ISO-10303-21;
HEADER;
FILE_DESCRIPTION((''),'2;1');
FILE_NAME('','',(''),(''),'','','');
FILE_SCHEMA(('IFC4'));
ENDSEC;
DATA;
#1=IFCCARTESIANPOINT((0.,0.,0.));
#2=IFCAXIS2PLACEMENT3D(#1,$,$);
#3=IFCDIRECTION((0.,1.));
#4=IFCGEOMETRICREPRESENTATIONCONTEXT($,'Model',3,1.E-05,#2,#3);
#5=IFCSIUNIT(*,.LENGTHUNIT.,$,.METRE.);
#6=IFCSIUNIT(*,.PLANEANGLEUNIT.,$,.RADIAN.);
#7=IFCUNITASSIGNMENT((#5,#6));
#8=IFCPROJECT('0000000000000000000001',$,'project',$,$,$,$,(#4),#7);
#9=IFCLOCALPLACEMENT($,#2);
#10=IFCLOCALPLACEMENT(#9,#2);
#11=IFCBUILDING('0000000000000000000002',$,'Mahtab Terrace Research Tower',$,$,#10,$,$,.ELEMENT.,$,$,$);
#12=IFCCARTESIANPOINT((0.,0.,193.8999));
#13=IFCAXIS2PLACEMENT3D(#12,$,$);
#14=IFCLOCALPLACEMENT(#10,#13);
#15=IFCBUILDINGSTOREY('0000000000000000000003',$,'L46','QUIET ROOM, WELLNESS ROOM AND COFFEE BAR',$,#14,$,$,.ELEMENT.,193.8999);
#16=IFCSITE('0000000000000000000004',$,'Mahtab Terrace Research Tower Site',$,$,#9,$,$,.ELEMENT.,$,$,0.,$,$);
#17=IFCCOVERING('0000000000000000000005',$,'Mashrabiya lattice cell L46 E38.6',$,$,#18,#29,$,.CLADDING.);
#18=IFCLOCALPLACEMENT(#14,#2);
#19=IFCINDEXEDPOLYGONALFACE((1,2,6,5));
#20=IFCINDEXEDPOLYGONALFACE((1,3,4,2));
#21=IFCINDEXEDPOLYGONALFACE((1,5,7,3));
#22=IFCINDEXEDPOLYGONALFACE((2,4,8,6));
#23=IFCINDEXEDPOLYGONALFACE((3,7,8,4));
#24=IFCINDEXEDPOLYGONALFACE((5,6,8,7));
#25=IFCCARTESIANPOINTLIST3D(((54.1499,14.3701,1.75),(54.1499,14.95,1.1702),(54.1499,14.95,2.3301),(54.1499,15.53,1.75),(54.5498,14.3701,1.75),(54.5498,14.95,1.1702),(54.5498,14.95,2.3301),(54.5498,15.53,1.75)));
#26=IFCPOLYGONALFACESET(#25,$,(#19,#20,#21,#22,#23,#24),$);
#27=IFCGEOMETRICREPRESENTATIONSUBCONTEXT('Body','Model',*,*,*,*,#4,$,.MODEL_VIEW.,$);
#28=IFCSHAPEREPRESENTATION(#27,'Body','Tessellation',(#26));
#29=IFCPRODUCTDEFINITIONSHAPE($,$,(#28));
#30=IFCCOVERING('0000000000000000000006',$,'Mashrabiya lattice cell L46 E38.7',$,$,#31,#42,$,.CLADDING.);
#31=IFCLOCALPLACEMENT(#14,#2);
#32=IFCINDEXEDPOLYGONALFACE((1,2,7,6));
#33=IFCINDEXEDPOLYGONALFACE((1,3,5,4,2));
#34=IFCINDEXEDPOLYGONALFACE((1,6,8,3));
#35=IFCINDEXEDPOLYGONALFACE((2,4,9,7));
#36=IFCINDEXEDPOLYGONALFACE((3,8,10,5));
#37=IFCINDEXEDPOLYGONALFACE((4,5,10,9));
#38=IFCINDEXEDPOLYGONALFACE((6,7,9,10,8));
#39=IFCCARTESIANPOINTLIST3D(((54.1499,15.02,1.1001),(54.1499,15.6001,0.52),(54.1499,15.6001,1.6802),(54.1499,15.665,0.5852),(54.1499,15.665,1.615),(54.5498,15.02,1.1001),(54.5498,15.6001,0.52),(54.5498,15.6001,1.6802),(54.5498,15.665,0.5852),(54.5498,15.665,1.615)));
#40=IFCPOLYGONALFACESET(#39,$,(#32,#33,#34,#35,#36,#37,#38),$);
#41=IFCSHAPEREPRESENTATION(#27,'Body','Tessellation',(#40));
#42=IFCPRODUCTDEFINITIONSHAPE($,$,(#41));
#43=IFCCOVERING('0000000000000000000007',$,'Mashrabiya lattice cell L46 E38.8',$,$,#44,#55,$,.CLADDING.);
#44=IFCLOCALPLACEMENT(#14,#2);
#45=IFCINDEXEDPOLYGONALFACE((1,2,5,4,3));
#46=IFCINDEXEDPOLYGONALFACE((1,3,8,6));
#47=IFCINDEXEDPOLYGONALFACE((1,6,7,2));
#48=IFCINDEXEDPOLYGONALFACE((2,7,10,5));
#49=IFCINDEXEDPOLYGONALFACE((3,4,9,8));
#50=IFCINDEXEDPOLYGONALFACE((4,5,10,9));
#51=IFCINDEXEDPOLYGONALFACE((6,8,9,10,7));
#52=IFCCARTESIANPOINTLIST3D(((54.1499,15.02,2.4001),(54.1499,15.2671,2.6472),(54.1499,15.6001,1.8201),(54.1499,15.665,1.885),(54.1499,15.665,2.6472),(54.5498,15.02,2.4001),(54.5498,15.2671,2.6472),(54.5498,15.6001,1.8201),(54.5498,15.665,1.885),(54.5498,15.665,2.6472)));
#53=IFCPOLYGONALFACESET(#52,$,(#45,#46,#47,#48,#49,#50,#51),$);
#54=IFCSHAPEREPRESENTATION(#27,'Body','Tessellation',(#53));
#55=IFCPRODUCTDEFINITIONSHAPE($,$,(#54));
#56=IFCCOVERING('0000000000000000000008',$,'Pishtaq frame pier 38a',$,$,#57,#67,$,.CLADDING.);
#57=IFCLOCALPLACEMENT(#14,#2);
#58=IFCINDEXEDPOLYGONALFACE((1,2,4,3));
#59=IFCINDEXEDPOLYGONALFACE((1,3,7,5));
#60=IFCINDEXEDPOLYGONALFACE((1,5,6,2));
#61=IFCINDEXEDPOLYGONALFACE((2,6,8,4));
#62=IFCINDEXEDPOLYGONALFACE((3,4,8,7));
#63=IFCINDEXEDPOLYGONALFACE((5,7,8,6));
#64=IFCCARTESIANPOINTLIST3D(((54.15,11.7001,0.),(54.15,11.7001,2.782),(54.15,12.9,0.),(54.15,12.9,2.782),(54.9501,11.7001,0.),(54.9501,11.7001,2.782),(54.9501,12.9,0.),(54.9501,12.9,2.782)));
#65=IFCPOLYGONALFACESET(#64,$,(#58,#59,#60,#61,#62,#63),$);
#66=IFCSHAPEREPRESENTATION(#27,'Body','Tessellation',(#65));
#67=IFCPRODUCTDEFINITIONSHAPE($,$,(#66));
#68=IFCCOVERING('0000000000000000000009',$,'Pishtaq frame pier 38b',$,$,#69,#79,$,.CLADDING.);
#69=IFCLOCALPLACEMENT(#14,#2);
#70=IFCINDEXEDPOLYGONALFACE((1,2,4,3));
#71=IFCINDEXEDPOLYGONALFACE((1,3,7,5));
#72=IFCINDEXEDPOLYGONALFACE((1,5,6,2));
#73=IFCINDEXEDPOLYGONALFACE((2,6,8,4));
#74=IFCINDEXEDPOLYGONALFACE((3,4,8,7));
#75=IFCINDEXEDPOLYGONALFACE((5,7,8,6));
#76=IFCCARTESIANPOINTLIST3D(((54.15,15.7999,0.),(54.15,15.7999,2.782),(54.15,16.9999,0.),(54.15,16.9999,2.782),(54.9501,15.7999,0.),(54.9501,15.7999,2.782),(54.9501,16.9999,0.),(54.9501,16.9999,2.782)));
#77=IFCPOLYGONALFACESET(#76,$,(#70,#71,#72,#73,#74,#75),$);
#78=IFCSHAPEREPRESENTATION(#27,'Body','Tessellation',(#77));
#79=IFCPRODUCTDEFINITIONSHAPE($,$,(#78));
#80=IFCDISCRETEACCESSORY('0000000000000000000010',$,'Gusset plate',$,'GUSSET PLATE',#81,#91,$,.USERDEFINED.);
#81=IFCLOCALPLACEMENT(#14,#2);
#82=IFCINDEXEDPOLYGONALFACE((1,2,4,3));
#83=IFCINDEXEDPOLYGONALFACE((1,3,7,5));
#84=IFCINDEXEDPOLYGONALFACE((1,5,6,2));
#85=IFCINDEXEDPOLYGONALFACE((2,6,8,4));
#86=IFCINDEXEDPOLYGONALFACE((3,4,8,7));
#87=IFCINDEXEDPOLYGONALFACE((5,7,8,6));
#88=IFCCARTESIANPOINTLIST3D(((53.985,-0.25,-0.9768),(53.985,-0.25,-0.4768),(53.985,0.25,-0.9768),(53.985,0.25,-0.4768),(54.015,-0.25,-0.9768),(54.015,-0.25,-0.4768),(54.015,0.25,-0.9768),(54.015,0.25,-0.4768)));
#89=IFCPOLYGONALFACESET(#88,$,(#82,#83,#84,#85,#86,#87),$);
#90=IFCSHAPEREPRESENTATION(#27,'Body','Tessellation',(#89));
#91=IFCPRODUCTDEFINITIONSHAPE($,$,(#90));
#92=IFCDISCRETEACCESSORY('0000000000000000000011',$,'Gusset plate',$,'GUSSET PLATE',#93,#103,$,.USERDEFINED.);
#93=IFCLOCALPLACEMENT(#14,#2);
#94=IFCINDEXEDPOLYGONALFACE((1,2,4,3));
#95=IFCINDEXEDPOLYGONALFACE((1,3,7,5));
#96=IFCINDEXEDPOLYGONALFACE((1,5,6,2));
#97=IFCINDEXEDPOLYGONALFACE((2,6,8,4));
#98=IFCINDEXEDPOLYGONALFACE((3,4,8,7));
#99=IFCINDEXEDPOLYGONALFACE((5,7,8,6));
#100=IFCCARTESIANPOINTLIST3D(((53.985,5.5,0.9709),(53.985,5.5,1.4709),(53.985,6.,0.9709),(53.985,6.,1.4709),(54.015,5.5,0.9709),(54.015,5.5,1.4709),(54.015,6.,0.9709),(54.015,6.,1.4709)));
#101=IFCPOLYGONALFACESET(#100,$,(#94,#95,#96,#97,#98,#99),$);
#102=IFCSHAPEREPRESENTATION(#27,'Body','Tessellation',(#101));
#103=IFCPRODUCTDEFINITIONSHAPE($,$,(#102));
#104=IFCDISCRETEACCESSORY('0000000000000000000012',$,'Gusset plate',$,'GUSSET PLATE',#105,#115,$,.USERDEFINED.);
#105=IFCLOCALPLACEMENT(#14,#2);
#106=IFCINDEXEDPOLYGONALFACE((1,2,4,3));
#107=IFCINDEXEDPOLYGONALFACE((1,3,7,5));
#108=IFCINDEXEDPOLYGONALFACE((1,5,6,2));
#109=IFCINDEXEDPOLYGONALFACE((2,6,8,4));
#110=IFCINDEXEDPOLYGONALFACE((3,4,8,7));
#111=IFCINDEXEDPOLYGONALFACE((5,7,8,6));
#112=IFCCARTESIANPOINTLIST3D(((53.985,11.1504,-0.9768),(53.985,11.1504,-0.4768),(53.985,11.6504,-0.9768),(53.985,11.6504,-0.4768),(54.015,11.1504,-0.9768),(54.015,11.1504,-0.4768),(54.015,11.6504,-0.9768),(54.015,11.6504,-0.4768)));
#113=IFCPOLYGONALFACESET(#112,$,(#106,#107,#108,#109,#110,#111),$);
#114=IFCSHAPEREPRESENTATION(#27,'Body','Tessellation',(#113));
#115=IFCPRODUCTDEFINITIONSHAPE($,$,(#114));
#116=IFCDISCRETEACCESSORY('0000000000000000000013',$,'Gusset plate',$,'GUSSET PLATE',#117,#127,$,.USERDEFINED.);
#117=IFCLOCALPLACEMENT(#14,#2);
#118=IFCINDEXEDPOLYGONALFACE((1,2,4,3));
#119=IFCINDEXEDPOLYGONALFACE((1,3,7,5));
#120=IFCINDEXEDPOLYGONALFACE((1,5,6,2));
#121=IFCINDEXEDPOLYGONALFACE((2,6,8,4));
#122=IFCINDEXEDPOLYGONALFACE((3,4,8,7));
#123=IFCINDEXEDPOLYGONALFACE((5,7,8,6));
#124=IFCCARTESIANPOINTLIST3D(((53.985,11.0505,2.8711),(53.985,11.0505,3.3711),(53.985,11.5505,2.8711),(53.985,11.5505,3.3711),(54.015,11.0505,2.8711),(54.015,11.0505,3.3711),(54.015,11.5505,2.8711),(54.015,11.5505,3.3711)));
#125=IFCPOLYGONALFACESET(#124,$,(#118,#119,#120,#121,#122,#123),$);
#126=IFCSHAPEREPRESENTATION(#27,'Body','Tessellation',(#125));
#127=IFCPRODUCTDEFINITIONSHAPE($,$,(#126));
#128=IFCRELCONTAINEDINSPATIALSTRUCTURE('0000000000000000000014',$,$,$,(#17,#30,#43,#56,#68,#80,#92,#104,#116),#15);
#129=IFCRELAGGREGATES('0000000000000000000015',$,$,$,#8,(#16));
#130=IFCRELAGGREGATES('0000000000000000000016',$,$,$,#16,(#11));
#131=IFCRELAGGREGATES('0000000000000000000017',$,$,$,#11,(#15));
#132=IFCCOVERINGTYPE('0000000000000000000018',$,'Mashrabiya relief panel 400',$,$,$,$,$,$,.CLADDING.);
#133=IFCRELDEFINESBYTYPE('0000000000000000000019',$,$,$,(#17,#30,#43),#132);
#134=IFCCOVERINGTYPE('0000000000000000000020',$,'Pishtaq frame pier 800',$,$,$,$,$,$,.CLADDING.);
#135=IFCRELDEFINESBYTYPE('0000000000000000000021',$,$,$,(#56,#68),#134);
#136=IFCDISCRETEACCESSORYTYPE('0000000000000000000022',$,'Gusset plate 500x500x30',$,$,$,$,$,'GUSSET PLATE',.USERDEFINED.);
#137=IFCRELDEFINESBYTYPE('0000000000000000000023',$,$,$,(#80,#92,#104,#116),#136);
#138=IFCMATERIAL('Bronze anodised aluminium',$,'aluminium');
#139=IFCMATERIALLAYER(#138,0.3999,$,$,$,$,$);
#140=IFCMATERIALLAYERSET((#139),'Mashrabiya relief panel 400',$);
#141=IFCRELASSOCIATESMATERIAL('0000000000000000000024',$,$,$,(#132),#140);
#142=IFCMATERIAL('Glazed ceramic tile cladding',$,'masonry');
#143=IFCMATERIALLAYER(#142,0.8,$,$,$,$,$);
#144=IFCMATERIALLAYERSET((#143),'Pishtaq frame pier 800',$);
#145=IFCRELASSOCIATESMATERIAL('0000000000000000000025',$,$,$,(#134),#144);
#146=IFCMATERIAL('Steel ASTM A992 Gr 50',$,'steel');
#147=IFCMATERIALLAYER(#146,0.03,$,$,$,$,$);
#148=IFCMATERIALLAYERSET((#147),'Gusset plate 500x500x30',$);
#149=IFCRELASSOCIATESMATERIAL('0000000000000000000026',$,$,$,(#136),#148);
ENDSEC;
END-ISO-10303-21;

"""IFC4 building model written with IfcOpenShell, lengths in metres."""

from ifc_helpers import new_model, si_unit, direction, frame, origin, origin_2d, place, context, subcontext, project, spatial, polyline, rectangle, outline, extrude, material, layer, layer_set, type_object, element, save


model = new_model("IFC4")

# Units and contexts
model_context = context("Model", 3, precision=1e-05, world=origin(), true_north=direction((0.0, 1.0)))
body_context = subcontext(model_context, "Body", "Model", "MODEL_VIEW")
ifc_project = project(units=[si_unit("LENGTHUNIT", "METRE"), si_unit("PLANEANGLEUNIT", "RADIAN")], contexts=[model_context])

# Site, building, storey
site_placement = place(None, origin())
site = spatial("IfcSite", under=ifc_project, at=site_placement, Name="Mahtab Terrace Research Tower Site", CompositionType="ELEMENT", RefElevation=0.0)
building_placement = place(site_placement, origin())
building = spatial("IfcBuilding", under=site, at=building_placement, Name="Mahtab Terrace Research Tower", CompositionType="ELEMENT")
storey_placement = place(building_placement, frame((0.0, 0.0, 193.8999)))
storey = spatial("IfcBuildingStorey", under=building, at=storey_placement, Name="L46", Description="QUIET ROOM, WELLNESS ROOM AND COFFEE BAR", CompositionType="ELEMENT", Elevation=193.8999)

# Shared definitions
ifc_material_1 = material(Name="Steel ASTM A992 Gr 50", Category="steel")

# Coverings
ifc_material_2 = material(Name="Bronze anodised aluminium", Category="aluminium")
ifc_layer_1 = layer(ifc_material_2, 0.3999)
ifc_layer_set_1 = layer_set([ifc_layer_1], Name="Mashrabiya relief panel 400")
covering_type_1 = type_object("IfcCoveringType", Name="Mashrabiya relief panel 400", PredefinedType="CLADDING", material=ifc_layer_set_1)
covering_1_placement = place(storey_placement, frame((54.1499, 14.95, 2.3301), z_axis=(-1.0, 0.0, 0.0), x_axis=(0.0, 0.707107, -0.707107)))
element("IfcCovering", 1, at=covering_1_placement, inside=storey, type_object=covering_type_1, Name="Mashrabiya lattice cell L46 E38.6", PredefinedType="CLADDING", context=body_context, shape_type="SweptSolid", body=[
    extrude(outline(polyline([(0.0, 0.0), (0.8204, 0.0), (0.8202, 0.8202), (0.0002, 0.8202), (0.0, 0.0)])), origin(), (0.0, 0.0, -1.0), 0.3999),
])
covering_2_placement = place(storey_placement, frame((54.1499, 15.6001, 0.52), z_axis=(-1.0, 0.0, 0.0), x_axis=(0.0, -0.707107, 0.707107)))
element("IfcCovering", 2, at=covering_2_placement, inside=storey, type_object=covering_type_1, Name="Mashrabiya lattice cell L46 E38.7", PredefinedType="CLADDING", context=body_context, shape_type="SweptSolid", body=[
    extrude(outline(polyline([(0.0, 0.0), (0.8204, 0.0), (0.8204, 0.8204), (0.7283, 0.8202), (0.0002, 0.092), (0.0, 0.0)])), origin(), (0.0, 0.0, -1.0), 0.3999),
])
covering_3_placement = place(storey_placement, frame((54.1499, 15.6001, 1.8201), z_axis=(-1.0, 0.0, 0.0), x_axis=(0.0, -0.707107, 0.707107)))
element("IfcCovering", 3, at=covering_3_placement, inside=storey, type_object=covering_type_1, Name="Mashrabiya lattice cell L46 E38.8", PredefinedType="CLADDING", context=body_context, shape_type="SweptSolid", body=[
    extrude(outline(polyline([(0.0, 0.0), (0.8204, 0.0), (0.8204, 0.3494), (0.539, 0.6308), (0.0, 0.0918), (0.0, 0.0)])), origin(), (0.0, 0.0, -1.0), 0.3999),
])
ifc_material_3 = material(Name="Glazed ceramic tile cladding", Category="masonry")
ifc_layer_2 = layer(ifc_material_3, 0.8)
ifc_layer_set_2 = layer_set([ifc_layer_2], Name="Pishtaq frame pier 800")
covering_type_2 = type_object("IfcCoveringType", Name="Pishtaq frame pier 800", PredefinedType="CLADDING", material=ifc_layer_set_2)
for number, where, z_axis, x_axis, name in (
    (4, (54.55, 12.3, 0.0), (0.0, 0.0, 1.0), (0.0, 1.0, 0.0), "Pishtaq frame pier 38a"),
    (5, (54.55, 16.3999, 0.0), (0.0, 0.0, 1.0), (0.0, 1.0, 0.0), "Pishtaq frame pier 38b"),
):
    element("IfcCovering", number, at=place(storey_placement, frame(where, z_axis=z_axis, x_axis=x_axis)), inside=storey, type_object=covering_type_2, Name=name, PredefinedType="CLADDING", context=body_context, shape_type="SweptSolid", body=[
        extrude(rectangle(XDim=1.2, YDim=0.8, at=origin_2d()), origin(), (0.0, 0.0, 1.0), 2.782),
    ])

# Discrete accessories
ifc_layer_3 = layer(ifc_material_1, 0.03)
ifc_layer_set_3 = layer_set([ifc_layer_3], Name="Gusset plate 500x500x30")
discrete_accessory_type = type_object("IfcDiscreteAccessoryType", Name="Gusset plate 500x500x30", ElementType="GUSSET PLATE", PredefinedType="USERDEFINED", material=ifc_layer_set_3)
for number, where, z_axis, x_axis, name in (
    (6, (54.0, 0.0, -0.9768), (0.0, 0.0, 1.0), (0.0, 1.0, 0.0), "Gusset plate"),
    (7, (54.0, 5.75, 0.9709), (0.0, 0.0, 1.0), (0.0, 1.0, 0.0), "Gusset plate"),
    (8, (54.0, 11.4004, -0.9768), (0.0, 0.0, 1.0), (0.0, 1.0, 0.0), "Gusset plate"),
    (9, (54.0, 11.3005, 2.8711), (0.0, 0.0, 1.0), (0.0, 1.0, 0.0), "Gusset plate"),
):
    element("IfcDiscreteAccessory", number, at=place(storey_placement, frame(where, z_axis=z_axis, x_axis=x_axis)), inside=storey, type_object=discrete_accessory_type, Name=name, ObjectType="GUSSET PLATE", PredefinedType="USERDEFINED", context=body_context, shape_type="SweptSolid", body=[
        extrude(rectangle(XDim=0.5, YDim=0.03, at=origin_2d()), origin(), (0.0, 0.0, 1.0), 0.5),
    ])

save(model, "model.ifc")
